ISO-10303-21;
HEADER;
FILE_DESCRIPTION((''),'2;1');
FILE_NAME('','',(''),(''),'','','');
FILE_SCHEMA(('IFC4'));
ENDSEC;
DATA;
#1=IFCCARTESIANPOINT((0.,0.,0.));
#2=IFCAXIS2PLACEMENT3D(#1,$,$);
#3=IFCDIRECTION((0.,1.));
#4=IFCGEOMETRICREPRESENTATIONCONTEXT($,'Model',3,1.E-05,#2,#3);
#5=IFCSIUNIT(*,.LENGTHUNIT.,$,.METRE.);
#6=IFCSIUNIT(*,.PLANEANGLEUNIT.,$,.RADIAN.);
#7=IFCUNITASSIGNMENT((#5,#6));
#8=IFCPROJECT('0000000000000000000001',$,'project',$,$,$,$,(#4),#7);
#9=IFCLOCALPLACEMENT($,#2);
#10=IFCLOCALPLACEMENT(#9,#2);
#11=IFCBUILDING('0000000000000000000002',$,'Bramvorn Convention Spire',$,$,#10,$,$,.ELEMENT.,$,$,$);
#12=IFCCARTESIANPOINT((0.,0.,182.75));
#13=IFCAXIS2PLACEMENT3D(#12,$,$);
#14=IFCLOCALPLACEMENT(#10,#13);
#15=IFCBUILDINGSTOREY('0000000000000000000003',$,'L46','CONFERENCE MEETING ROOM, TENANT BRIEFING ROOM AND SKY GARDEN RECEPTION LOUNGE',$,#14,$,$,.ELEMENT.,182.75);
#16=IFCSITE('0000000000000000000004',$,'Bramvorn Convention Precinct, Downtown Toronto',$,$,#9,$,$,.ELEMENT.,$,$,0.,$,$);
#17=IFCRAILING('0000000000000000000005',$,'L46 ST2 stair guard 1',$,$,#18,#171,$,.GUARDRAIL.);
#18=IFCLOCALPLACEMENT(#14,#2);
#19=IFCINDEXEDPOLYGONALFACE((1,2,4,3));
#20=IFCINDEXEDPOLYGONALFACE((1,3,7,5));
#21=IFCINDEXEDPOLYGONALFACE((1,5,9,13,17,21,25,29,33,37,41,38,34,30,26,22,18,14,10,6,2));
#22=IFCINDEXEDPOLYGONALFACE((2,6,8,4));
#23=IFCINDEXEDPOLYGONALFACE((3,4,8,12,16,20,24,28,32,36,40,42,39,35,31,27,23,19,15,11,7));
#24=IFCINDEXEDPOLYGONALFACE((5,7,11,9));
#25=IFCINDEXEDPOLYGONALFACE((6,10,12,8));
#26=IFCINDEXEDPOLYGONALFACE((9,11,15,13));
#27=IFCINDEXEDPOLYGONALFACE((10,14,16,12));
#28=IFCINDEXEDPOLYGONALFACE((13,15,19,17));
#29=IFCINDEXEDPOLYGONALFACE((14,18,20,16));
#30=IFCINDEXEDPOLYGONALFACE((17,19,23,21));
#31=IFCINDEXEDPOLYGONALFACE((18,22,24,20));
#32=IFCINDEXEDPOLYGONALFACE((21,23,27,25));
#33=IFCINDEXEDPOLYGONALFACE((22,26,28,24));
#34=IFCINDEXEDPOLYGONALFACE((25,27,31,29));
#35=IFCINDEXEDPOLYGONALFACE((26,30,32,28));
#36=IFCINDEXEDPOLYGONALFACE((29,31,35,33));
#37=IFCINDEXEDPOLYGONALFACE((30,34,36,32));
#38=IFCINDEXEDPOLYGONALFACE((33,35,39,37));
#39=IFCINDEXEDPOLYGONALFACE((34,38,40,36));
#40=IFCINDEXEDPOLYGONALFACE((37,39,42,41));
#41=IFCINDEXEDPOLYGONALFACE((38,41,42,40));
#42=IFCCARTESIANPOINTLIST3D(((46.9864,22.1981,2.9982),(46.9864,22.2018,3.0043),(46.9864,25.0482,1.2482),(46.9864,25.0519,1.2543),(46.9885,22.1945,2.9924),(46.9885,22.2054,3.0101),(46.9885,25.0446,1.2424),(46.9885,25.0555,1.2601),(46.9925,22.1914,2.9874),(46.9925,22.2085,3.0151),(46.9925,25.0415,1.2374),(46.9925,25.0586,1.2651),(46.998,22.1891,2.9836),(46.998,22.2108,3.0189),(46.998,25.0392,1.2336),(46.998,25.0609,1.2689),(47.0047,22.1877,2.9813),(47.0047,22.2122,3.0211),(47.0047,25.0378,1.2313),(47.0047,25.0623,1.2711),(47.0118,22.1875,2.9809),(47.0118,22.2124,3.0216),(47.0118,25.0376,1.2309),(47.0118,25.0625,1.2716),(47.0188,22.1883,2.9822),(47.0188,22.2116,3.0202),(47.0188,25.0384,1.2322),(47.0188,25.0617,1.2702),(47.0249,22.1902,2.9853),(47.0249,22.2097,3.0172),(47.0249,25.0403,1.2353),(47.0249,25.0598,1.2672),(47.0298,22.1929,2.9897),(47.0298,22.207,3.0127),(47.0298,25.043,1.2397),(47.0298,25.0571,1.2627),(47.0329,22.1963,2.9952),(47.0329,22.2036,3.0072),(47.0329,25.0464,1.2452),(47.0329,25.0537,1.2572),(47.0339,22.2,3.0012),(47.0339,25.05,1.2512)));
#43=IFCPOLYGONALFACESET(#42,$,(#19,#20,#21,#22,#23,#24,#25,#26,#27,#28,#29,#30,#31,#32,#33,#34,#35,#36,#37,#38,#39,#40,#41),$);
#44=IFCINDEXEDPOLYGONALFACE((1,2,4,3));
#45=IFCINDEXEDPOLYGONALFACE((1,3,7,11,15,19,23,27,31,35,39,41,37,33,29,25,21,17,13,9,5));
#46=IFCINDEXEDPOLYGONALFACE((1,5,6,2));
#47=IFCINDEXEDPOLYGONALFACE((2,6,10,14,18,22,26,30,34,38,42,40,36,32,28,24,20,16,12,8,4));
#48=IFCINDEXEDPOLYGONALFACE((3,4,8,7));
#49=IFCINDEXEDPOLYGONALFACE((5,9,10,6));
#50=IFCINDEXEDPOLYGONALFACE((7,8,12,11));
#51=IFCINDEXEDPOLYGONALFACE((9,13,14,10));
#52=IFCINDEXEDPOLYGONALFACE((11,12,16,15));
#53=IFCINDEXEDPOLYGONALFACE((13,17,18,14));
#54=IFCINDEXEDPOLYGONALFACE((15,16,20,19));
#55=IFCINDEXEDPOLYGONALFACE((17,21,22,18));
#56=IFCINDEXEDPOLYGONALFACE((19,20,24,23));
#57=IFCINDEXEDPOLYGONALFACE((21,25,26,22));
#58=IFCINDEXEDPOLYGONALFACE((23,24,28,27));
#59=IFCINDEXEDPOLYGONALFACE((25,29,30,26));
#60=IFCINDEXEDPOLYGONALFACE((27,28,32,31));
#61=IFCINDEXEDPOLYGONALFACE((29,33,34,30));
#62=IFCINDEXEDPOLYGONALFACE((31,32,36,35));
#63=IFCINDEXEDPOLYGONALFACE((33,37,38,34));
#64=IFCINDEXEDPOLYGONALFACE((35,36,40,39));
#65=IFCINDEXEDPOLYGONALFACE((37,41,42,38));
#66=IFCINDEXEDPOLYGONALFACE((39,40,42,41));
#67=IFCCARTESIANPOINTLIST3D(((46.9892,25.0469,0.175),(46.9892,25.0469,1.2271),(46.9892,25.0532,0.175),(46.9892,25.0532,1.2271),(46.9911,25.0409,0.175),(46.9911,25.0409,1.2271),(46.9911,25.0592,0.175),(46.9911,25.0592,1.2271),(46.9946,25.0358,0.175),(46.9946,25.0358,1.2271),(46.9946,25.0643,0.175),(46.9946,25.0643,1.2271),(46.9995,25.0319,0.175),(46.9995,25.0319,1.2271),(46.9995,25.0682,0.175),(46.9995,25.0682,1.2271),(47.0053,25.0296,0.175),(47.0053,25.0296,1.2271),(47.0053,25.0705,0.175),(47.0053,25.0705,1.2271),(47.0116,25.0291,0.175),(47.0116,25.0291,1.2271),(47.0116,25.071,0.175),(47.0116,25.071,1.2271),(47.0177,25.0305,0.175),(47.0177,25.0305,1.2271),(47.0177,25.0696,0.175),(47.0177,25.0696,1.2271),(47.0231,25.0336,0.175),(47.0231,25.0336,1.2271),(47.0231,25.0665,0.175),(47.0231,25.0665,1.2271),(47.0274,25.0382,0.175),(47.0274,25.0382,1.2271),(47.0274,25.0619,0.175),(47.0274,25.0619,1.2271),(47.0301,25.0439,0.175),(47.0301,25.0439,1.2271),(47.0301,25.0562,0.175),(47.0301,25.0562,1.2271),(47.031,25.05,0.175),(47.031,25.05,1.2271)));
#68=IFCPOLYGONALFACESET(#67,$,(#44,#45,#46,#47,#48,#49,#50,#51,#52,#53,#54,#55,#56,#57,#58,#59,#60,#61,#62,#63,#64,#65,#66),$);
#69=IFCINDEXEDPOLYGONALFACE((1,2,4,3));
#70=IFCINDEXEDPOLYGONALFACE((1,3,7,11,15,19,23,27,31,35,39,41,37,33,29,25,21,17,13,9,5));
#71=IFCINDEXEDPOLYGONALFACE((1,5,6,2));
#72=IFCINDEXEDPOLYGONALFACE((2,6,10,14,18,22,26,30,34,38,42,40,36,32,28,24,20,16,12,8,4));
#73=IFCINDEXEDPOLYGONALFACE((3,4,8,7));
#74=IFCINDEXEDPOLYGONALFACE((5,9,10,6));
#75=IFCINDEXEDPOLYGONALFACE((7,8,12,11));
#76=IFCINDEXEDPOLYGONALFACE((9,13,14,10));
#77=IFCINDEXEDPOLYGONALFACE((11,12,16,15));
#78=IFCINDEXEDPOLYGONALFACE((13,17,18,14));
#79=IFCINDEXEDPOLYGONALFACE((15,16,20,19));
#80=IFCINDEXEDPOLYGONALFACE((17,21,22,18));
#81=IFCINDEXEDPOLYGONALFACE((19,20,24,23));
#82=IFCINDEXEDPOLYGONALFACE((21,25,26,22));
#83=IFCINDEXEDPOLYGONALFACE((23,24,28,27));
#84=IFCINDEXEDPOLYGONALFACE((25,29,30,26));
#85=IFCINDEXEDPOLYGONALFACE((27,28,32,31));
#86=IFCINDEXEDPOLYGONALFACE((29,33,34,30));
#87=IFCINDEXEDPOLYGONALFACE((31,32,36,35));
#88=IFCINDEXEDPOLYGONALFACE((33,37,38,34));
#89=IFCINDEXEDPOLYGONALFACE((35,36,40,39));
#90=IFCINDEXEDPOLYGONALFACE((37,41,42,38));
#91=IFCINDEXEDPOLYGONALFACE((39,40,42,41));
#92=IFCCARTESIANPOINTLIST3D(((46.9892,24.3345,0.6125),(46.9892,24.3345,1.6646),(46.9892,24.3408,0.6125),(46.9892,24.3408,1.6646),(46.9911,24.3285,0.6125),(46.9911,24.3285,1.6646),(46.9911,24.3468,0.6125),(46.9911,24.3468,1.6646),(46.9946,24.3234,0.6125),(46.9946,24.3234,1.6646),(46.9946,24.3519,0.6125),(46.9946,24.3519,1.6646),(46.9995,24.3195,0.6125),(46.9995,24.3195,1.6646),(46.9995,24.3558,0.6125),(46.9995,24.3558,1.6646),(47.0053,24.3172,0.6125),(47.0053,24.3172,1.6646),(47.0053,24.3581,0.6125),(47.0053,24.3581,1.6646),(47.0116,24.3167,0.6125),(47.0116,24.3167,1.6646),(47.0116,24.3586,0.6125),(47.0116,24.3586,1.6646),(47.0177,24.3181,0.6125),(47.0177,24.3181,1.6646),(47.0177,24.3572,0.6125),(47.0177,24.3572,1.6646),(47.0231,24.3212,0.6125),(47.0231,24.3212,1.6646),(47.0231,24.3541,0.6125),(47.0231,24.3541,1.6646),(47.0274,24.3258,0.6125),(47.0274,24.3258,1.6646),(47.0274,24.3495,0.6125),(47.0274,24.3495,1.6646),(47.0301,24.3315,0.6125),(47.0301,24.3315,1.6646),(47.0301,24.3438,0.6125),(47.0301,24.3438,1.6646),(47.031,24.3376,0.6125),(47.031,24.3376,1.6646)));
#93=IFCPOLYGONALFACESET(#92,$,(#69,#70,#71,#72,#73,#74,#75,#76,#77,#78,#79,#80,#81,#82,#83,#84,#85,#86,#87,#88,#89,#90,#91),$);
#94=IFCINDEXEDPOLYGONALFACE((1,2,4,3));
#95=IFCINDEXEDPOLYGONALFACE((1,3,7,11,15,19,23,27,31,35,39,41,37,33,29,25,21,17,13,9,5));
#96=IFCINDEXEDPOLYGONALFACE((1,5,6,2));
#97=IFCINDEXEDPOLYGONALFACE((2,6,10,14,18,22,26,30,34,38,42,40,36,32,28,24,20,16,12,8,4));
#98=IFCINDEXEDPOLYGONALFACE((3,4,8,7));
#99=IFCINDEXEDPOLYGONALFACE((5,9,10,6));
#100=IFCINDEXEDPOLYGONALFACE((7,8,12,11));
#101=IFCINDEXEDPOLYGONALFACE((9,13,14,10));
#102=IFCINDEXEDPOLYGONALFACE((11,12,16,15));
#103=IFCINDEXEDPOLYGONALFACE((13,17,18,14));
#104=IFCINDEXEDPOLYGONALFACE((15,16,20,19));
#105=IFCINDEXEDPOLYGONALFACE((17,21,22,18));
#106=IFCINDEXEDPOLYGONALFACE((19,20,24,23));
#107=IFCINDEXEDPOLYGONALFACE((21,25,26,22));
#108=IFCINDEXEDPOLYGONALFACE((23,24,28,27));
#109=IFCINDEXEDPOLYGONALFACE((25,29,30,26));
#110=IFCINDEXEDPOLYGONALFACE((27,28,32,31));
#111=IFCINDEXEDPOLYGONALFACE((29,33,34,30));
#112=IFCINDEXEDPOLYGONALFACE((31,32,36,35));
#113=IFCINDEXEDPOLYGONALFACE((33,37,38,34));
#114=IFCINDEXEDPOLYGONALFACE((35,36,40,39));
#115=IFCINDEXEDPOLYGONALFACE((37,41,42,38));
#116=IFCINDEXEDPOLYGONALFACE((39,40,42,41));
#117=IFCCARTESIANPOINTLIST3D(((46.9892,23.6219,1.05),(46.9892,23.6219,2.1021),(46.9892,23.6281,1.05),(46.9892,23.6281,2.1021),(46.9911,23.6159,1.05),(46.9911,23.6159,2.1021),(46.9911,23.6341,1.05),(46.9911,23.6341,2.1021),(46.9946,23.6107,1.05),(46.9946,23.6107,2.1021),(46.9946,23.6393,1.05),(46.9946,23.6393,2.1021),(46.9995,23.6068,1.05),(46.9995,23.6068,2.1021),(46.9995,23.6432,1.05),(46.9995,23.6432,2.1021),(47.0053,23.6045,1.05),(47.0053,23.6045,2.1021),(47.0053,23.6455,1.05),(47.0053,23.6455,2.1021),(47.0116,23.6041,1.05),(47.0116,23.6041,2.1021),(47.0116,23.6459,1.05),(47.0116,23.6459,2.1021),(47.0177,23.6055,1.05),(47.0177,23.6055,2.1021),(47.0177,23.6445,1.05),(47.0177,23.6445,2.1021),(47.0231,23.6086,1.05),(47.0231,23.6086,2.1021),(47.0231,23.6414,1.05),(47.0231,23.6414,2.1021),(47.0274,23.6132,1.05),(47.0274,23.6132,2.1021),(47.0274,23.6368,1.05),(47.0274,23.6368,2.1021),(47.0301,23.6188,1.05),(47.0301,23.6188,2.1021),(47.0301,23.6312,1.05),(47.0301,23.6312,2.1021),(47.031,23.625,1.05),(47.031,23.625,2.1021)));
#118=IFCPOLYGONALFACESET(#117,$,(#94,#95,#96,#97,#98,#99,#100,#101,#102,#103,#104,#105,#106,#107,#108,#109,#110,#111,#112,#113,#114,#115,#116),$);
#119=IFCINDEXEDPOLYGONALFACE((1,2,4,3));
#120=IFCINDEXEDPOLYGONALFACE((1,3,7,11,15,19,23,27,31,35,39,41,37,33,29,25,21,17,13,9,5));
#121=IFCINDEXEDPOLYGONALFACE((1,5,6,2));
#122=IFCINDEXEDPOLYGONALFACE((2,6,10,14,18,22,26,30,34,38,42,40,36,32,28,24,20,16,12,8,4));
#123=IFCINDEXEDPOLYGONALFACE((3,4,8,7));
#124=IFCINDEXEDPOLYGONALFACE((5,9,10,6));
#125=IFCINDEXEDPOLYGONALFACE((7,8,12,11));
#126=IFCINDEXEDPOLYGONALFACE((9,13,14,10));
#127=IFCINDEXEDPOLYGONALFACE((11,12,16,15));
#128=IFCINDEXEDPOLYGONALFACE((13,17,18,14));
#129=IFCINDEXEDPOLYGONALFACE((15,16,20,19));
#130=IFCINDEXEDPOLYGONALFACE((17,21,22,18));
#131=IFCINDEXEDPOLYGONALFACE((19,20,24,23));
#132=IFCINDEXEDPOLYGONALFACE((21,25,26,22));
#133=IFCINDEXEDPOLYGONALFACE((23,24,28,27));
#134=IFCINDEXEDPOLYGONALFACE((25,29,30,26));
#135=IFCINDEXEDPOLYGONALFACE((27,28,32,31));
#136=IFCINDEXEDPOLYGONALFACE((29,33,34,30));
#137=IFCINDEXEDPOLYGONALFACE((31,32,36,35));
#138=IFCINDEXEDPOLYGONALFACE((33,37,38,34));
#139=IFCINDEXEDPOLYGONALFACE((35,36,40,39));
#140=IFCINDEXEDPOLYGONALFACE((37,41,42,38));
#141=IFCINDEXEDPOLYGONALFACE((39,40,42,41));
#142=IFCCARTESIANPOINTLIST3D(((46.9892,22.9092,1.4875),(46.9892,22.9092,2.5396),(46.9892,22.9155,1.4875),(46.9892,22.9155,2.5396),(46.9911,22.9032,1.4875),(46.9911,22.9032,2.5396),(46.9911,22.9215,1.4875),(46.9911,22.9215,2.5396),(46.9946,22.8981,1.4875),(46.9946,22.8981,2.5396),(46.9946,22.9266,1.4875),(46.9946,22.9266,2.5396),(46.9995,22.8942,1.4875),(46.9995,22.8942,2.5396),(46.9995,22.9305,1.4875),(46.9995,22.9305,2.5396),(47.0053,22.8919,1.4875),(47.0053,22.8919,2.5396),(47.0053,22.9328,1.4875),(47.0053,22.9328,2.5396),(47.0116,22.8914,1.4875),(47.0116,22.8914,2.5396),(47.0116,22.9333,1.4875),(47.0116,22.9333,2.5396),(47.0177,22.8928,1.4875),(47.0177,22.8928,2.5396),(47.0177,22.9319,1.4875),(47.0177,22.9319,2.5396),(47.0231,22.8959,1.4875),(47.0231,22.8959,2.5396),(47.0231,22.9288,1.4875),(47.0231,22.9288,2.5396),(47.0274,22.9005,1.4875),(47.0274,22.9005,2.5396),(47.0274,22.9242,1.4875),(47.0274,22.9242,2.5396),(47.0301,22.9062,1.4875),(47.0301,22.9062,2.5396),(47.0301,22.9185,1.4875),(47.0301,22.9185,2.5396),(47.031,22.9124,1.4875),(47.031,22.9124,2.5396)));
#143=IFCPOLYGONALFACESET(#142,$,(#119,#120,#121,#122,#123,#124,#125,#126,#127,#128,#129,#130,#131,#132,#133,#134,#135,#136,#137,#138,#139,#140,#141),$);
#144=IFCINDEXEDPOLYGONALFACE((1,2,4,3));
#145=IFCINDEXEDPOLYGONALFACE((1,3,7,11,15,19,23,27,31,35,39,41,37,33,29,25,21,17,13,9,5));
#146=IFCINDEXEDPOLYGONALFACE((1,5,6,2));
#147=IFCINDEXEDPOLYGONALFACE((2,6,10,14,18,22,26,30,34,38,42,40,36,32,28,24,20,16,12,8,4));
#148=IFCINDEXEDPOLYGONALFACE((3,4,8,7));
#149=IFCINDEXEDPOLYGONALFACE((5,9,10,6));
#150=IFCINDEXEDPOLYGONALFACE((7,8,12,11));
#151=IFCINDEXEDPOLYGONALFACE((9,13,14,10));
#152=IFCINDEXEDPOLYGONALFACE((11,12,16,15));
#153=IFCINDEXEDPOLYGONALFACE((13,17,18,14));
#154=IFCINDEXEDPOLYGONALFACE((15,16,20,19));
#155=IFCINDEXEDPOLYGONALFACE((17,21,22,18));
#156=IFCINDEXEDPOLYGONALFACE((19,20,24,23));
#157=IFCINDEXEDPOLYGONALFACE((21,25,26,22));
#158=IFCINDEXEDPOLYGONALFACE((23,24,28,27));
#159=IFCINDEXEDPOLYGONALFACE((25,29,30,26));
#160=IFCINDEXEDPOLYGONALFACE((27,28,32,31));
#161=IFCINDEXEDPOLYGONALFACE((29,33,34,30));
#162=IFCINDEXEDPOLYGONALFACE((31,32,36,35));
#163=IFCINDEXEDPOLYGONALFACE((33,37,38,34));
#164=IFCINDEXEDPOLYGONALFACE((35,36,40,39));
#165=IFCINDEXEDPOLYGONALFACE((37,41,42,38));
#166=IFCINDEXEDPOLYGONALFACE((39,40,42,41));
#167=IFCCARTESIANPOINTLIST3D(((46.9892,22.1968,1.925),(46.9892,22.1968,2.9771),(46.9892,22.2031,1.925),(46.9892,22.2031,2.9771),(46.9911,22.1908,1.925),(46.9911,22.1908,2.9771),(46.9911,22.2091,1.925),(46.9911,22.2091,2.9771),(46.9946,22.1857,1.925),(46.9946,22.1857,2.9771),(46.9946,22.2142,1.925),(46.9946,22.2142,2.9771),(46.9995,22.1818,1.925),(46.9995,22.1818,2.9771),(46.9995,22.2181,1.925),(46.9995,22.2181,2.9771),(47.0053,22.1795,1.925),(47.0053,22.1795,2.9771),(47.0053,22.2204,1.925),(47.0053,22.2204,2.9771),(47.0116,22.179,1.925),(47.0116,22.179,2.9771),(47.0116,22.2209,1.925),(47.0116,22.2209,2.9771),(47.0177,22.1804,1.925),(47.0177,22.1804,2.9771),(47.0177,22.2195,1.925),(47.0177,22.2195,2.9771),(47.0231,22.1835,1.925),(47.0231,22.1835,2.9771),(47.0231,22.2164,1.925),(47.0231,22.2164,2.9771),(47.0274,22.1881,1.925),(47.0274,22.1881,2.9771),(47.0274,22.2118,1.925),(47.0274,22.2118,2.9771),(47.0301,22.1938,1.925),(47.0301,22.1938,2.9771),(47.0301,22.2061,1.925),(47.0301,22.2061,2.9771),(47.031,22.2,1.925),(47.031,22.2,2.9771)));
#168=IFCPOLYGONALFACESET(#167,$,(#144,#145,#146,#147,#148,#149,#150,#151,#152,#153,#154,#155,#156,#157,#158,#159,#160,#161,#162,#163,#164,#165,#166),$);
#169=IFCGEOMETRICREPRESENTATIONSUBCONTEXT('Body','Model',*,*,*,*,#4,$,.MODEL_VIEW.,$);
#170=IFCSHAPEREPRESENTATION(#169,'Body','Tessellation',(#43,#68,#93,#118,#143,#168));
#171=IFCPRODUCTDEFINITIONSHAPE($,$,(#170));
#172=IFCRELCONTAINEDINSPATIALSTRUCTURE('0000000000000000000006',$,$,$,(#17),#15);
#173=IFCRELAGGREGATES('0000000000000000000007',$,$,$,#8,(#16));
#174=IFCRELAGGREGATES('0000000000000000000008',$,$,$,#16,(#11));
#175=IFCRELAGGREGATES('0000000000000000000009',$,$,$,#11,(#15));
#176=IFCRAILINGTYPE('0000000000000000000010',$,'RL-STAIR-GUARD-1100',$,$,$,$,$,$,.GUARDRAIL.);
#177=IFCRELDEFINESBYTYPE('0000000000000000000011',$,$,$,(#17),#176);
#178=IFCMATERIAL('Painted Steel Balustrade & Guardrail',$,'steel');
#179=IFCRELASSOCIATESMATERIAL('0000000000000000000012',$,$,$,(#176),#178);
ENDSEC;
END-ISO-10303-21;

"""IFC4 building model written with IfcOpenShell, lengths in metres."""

from ifc_helpers import new_model, si_unit, direction, frame, origin, origin_2d, place, context, subcontext, project, spatial, circle, extrude, material, type_object, element, save


model = new_model("IFC4")

# Units and contexts
model_context = context("Model", 3, precision=1e-05, world=origin(), true_north=direction((0.0, 1.0)))
body_context = subcontext(model_context, "Body", "Model", "MODEL_VIEW")
ifc_project = project(units=[si_unit("LENGTHUNIT", "METRE"), si_unit("PLANEANGLEUNIT", "RADIAN")], contexts=[model_context])

# Site, building, storey
site_placement = place(None, origin())
site = spatial("IfcSite", under=ifc_project, at=site_placement, Name="Bramvorn Convention Precinct, Downtown Toronto", CompositionType="ELEMENT", RefElevation=0.0)
building_placement = place(site_placement, origin())
building = spatial("IfcBuilding", under=site, at=building_placement, Name="Bramvorn Convention Spire", CompositionType="ELEMENT")
storey_placement = place(building_placement, frame((0.0, 0.0, 182.75)))
storey = spatial("IfcBuildingStorey", under=building, at=storey_placement, Name="L46", Description="CONFERENCE MEETING ROOM, TENANT BRIEFING ROOM AND SKY GARDEN RECEPTION LOUNGE", CompositionType="ELEMENT", Elevation=182.75)

# Railing
ifc_material_1 = material(Name="Painted Steel Balustrade & Guardrail", Category="steel")
railing_type_1 = type_object("IfcRailingType", Name="RL-STAIR-GUARD-1100", PredefinedType="GUARDRAIL", material=ifc_material_1)
railing_1_placement = place(storey_placement, frame((47.01, 25.05, 0.175)))
element("IfcRailing", 1, at=railing_1_placement, inside=storey, type_object=railing_type_1, Name="L46 ST2 stair guard 1", PredefinedType="GUARDRAIL", context=body_context, shape_type="SweptSolid", body=[
    extrude(circle(Radius=0.0239, at=origin_2d()), frame((0.0, 0.0, 1.0762), z_axis=(0.0, -0.852179, 0.52325), x_axis=(1.0, 0.0, 0.0)), (0.0, 0.0, 1.0), 3.3445),
    extrude(circle(Radius=0.021, at=origin_2d()), origin(), (0.0, 0.0, 1.0), 1.052),
    extrude(circle(Radius=0.021, at=origin_2d()), frame((0.0, -0.7124, 0.4375)), (0.0, 0.0, 1.0), 1.052),
    extrude(circle(Radius=0.021, at=origin_2d()), frame((0.0, -1.425, 0.875)), (0.0, 0.0, 1.0), 1.052),
    extrude(circle(Radius=0.021, at=origin_2d()), frame((0.0, -2.1377, 1.3125)), (0.0, 0.0, 1.0), 1.052),
    extrude(circle(Radius=0.021, at=origin_2d()), frame((0.0, -2.8501, 1.75)), (0.0, 0.0, 1.0), 1.052),
])

save(model, "model.ifc")
